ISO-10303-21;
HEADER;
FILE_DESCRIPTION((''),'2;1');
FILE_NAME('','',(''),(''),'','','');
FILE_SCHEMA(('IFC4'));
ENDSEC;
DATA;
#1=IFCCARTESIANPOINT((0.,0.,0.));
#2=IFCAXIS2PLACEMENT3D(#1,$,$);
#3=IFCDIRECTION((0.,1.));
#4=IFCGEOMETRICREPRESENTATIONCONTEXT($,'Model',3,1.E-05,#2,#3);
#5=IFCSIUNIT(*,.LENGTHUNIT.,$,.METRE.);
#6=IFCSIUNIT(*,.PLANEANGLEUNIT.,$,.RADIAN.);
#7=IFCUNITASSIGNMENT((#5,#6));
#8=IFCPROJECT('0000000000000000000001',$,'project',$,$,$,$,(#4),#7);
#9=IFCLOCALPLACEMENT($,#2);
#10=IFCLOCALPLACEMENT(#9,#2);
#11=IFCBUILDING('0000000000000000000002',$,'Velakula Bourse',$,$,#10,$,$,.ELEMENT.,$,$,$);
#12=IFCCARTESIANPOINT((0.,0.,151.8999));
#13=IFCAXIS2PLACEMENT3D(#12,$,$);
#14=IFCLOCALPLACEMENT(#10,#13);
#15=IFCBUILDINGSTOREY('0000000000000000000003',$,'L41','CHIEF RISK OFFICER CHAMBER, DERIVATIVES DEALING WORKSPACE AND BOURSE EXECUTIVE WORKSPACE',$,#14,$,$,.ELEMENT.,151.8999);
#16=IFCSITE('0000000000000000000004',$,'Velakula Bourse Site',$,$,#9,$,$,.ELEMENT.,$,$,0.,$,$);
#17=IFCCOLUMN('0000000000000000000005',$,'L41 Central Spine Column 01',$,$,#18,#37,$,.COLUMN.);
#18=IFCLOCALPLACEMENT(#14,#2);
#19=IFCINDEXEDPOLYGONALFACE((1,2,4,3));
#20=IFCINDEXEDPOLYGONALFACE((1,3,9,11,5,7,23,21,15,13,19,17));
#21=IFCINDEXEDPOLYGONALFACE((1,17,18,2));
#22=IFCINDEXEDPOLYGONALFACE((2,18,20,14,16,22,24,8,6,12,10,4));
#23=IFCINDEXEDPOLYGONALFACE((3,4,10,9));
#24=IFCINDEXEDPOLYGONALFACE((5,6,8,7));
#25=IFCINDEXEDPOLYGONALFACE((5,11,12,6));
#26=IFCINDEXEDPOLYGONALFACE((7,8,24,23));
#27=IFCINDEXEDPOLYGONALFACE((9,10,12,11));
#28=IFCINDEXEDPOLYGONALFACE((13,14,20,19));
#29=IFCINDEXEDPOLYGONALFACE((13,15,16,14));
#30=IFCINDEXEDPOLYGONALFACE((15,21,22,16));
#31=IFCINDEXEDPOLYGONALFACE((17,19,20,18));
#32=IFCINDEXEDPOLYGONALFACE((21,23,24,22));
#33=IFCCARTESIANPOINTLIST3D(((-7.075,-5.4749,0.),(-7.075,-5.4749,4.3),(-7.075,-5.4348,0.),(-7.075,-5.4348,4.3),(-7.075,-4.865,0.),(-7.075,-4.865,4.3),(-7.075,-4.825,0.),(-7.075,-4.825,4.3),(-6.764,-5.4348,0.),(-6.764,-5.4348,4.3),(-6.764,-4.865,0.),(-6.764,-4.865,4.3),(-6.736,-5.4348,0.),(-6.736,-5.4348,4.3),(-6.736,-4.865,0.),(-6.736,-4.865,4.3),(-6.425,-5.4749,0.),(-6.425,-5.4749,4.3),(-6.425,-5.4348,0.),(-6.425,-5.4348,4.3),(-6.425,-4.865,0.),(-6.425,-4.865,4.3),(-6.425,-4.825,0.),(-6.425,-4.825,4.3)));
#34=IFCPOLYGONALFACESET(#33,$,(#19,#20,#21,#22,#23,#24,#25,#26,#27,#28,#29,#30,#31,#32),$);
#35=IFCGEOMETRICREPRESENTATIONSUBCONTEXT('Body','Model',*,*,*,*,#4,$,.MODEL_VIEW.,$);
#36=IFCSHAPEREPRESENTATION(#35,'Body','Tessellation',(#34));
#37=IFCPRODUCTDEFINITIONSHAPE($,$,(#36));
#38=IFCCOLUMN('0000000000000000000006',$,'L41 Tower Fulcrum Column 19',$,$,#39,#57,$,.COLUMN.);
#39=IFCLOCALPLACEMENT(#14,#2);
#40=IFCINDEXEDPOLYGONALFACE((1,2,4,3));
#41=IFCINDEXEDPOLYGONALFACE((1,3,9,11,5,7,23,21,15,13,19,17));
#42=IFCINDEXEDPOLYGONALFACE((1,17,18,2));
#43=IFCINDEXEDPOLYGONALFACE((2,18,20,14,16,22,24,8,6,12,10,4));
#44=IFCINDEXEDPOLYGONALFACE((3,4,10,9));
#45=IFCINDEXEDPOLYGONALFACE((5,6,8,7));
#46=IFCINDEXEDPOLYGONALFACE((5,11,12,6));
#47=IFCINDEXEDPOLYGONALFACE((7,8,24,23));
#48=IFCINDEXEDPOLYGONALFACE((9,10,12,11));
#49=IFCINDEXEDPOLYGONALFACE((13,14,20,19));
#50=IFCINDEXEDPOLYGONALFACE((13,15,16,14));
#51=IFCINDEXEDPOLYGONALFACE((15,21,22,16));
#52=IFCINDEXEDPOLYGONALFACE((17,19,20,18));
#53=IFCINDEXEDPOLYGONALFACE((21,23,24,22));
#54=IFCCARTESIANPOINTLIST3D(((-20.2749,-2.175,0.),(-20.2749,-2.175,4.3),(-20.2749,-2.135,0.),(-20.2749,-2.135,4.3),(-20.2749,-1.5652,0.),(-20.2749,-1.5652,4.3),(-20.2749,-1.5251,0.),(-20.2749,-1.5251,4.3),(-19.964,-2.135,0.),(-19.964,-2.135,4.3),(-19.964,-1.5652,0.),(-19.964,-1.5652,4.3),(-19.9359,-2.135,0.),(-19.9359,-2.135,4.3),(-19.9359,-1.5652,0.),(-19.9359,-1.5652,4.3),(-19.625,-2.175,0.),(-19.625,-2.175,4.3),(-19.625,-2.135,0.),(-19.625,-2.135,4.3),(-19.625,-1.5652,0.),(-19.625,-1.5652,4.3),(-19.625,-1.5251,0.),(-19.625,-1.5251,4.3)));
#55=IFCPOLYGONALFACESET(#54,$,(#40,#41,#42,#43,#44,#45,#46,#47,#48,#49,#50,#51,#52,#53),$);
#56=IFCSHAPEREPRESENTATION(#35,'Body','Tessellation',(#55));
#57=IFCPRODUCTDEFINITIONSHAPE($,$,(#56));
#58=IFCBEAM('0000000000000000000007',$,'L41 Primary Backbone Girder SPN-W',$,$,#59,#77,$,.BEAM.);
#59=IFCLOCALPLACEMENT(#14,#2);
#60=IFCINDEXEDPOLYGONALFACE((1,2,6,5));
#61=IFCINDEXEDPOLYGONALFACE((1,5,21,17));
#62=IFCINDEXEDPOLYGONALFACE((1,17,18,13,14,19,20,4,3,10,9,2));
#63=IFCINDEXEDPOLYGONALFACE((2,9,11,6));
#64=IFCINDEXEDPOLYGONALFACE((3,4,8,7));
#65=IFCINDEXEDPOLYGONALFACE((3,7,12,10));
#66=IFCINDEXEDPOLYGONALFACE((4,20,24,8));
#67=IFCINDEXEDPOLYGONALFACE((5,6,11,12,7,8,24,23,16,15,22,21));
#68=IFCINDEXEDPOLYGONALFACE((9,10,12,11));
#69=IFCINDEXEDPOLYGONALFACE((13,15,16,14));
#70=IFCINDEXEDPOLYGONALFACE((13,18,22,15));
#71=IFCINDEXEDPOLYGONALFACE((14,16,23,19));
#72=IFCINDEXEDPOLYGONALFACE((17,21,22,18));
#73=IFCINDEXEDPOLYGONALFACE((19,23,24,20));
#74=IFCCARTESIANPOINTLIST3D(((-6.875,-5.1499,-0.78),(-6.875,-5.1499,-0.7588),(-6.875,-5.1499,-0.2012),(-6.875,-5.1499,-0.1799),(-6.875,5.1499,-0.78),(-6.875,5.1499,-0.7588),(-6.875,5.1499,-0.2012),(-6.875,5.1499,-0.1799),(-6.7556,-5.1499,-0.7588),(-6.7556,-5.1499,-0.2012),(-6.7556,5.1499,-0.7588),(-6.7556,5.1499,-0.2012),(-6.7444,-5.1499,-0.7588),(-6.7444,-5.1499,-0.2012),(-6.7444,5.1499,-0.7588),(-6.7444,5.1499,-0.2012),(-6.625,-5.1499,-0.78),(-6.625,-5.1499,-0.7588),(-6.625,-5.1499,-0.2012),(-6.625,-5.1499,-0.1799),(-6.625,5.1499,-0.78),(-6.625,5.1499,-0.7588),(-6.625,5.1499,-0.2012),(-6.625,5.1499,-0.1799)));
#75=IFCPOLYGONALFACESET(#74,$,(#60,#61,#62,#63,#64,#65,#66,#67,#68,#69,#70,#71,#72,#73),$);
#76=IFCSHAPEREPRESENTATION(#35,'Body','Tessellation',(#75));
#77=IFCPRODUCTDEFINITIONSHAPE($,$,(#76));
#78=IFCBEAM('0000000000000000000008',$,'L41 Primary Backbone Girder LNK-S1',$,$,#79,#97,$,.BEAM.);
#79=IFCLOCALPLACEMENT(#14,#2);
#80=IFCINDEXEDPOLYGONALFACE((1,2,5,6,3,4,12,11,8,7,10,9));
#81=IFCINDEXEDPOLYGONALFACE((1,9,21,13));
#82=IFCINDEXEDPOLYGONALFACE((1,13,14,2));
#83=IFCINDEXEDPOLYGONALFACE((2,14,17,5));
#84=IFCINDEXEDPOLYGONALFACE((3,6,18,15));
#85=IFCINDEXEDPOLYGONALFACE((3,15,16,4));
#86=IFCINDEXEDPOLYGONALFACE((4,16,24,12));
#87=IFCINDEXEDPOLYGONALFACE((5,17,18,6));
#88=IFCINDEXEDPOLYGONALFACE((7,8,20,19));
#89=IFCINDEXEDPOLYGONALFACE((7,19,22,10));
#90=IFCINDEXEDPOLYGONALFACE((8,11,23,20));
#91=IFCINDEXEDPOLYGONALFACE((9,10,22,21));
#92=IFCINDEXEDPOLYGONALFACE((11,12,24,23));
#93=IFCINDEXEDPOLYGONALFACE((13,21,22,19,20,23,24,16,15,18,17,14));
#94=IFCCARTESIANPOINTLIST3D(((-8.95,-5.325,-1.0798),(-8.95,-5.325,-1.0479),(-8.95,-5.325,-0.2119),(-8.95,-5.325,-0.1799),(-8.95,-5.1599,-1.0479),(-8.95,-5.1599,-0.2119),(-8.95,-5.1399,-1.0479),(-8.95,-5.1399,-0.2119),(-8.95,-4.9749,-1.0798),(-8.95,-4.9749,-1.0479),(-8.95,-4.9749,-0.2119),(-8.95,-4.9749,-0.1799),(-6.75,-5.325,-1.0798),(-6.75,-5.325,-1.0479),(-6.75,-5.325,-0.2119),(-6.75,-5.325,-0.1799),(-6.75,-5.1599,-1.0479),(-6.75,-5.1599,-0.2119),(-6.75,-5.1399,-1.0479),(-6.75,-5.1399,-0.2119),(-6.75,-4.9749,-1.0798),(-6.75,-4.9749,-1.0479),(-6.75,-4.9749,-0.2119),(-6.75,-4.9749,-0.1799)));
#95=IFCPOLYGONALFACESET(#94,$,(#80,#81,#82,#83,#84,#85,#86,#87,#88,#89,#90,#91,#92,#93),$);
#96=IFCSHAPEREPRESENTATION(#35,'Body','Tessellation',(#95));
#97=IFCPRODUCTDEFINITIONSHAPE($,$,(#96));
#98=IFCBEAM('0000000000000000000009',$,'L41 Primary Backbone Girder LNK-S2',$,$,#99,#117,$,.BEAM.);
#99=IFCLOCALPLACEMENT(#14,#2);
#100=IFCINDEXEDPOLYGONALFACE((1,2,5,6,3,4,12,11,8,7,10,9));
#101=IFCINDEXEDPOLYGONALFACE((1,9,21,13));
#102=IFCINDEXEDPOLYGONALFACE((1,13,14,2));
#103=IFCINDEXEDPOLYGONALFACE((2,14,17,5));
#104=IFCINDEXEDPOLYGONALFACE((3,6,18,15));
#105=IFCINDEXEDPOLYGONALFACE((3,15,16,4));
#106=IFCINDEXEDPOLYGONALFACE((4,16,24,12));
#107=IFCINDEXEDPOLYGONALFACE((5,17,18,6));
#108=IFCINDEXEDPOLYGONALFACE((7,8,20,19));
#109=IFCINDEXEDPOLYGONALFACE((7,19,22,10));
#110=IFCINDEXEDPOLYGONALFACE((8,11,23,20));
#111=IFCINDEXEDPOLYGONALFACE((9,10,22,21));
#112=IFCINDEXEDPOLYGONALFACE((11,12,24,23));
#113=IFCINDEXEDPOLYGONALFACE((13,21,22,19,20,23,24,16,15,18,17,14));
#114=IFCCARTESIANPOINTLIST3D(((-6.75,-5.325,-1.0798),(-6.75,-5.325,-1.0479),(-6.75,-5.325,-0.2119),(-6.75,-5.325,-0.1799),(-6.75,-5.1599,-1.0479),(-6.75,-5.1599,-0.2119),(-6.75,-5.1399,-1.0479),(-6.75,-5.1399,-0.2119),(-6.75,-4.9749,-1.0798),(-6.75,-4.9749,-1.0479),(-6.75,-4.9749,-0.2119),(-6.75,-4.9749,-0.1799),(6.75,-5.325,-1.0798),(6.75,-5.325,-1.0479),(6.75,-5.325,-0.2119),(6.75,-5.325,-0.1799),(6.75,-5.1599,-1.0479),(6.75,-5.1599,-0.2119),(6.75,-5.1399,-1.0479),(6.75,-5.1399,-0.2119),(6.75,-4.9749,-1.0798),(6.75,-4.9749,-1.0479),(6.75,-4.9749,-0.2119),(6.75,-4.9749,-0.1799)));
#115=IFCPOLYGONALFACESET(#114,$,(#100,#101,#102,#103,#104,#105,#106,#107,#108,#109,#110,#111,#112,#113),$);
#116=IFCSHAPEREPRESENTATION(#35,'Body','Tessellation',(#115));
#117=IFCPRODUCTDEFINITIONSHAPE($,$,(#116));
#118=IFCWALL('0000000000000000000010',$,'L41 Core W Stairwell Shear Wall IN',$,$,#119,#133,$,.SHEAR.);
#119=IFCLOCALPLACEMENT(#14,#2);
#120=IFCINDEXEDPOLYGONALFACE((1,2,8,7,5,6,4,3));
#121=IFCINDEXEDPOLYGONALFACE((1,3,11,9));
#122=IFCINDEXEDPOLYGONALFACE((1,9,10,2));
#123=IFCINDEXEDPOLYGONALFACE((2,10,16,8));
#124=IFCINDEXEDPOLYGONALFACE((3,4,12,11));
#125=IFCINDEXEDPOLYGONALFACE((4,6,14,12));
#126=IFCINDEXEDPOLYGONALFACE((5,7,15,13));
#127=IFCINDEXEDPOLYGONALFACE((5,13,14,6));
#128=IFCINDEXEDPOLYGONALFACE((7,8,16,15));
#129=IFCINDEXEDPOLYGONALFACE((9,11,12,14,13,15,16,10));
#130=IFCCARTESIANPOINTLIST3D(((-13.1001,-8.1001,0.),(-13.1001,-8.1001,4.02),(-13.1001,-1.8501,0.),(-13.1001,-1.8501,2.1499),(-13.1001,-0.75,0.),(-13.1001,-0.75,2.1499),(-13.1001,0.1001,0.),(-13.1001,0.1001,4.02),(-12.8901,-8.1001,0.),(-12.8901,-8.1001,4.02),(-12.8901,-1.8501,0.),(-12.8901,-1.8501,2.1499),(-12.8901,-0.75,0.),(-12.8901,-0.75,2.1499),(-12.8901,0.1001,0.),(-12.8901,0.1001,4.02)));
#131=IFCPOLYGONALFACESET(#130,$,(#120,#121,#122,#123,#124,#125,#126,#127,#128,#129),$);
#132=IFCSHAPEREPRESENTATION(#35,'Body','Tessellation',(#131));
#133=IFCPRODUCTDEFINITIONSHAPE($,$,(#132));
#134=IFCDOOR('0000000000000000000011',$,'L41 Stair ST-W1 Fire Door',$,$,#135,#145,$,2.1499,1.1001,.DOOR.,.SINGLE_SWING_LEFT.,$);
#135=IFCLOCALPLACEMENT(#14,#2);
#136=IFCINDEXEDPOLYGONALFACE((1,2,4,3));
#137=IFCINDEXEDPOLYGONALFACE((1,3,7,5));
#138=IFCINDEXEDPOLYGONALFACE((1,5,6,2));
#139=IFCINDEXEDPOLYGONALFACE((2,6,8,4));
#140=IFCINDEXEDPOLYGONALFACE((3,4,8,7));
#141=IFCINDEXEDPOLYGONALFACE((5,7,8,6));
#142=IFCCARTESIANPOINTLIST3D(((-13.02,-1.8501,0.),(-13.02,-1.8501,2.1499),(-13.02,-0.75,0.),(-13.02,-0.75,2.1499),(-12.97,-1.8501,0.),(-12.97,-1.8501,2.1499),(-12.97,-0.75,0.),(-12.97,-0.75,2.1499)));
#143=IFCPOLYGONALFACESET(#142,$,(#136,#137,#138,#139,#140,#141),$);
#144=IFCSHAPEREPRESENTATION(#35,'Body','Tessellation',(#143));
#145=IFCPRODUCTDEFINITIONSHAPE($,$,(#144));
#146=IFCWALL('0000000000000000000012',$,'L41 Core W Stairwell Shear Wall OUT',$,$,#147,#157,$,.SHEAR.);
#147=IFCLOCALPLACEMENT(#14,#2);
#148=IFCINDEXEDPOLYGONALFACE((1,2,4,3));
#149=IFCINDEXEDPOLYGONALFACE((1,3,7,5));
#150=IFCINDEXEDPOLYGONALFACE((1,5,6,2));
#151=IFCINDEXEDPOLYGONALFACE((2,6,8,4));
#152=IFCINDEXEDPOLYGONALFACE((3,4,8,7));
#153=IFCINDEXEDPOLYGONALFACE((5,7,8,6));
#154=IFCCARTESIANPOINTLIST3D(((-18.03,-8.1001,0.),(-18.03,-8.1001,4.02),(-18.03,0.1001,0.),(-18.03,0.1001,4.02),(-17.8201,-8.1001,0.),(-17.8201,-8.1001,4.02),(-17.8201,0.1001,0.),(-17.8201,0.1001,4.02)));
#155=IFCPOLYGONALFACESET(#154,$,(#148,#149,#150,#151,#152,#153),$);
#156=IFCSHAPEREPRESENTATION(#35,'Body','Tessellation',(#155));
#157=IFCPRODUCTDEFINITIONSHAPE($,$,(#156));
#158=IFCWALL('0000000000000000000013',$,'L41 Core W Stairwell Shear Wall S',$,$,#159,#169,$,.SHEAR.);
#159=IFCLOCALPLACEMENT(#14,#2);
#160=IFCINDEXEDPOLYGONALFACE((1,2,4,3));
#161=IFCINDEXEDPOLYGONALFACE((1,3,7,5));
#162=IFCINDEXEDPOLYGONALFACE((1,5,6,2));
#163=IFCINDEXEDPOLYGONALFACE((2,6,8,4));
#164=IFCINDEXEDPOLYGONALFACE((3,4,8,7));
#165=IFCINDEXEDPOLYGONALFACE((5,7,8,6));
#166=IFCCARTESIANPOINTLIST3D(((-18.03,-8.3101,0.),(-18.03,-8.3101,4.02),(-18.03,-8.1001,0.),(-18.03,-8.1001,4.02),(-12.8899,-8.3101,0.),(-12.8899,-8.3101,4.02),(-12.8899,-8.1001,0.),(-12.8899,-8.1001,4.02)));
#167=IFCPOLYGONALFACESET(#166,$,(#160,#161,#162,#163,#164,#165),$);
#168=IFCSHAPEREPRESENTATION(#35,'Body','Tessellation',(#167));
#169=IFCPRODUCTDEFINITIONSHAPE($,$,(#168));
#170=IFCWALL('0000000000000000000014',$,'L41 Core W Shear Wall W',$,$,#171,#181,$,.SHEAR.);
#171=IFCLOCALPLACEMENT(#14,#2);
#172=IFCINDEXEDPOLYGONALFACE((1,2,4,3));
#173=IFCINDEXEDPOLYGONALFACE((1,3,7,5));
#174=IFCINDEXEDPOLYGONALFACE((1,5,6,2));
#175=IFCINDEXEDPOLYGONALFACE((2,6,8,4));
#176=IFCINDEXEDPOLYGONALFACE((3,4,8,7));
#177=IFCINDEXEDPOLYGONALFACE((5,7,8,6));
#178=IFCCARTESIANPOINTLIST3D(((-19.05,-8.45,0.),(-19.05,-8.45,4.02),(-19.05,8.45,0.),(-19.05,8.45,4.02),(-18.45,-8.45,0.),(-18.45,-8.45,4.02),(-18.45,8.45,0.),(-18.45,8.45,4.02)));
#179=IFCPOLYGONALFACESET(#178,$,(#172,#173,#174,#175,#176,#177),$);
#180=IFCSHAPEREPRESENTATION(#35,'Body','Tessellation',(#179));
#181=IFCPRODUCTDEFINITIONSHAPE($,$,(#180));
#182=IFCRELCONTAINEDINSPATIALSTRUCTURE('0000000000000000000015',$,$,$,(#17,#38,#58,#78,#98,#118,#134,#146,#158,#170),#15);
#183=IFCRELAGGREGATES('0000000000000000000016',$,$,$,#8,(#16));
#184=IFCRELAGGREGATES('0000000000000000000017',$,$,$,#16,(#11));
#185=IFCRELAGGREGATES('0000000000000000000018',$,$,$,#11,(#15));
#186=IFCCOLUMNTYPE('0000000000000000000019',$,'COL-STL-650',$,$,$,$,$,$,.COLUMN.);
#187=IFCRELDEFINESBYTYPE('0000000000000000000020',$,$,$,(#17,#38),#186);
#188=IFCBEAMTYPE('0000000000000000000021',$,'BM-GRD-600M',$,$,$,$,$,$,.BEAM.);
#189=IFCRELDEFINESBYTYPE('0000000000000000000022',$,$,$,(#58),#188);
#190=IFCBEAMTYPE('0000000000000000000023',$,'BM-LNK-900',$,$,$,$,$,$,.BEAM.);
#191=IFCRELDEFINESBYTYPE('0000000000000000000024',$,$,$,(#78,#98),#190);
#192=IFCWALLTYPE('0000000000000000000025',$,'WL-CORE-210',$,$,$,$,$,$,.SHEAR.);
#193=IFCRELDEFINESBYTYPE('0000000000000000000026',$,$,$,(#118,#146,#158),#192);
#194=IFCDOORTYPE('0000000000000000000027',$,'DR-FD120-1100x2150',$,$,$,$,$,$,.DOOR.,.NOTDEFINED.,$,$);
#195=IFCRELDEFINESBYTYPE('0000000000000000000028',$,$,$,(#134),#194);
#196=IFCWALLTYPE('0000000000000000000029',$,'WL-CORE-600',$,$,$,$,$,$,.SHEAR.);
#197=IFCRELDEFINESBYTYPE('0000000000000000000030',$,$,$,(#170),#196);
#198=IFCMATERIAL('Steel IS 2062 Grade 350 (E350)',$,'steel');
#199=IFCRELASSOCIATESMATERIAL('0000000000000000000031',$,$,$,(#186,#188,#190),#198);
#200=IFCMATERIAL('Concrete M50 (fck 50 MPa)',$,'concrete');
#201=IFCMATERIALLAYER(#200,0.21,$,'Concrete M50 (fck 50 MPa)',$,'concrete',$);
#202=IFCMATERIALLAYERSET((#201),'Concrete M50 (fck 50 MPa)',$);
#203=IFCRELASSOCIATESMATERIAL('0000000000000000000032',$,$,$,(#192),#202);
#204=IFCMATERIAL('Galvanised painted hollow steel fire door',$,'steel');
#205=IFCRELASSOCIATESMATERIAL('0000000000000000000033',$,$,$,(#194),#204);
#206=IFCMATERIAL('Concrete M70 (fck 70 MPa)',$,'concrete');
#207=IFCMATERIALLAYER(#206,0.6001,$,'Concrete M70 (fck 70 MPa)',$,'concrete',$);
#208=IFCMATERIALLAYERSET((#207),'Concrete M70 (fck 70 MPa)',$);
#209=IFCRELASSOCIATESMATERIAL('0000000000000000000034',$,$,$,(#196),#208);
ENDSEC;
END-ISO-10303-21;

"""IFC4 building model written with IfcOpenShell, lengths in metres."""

from ifc_helpers import new_model, si_unit, direction, frame, frame_2d, origin, origin_2d, place, context, subcontext, project, spatial, rectangle, i_section, extrude, material, layer, layer_set, material_profile, profile_set, type_object, element, fill, save


model = new_model("IFC4")

# Units and contexts
model_context = context("Model", 3, precision=1e-05, world=origin(), true_north=direction((0.0, 1.0)))
body_context = subcontext(model_context, "Body", "Model", "MODEL_VIEW")
ifc_project = project(units=[si_unit("LENGTHUNIT", "METRE"), si_unit("PLANEANGLEUNIT", "RADIAN")], contexts=[model_context])

# Site, building, storey
site_placement = place(None, origin())
site = spatial("IfcSite", under=ifc_project, at=site_placement, Name="Velakula Bourse Site", CompositionType="ELEMENT", RefElevation=0.0)
building_placement = place(site_placement, origin())
building = spatial("IfcBuilding", under=site, at=building_placement, Name="Velakula Bourse", CompositionType="ELEMENT")
storey_placement = place(building_placement, frame((0.0, 0.0, 151.8999)))
storey = spatial("IfcBuildingStorey", under=building, at=storey_placement, Name="L41", Description="CHIEF RISK OFFICER CHAMBER, DERIVATIVES DEALING WORKSPACE AND BOURSE EXECUTIVE WORKSPACE", CompositionType="ELEMENT", Elevation=151.8999)

# Columns
ifc_material_1 = material(Name="Steel IS 2062 Grade 350 (E350)", Category="steel")
ifc_material_profile_1 = material_profile(ifc_material_1, i_section(OverallWidth=0.6499, OverallDepth=0.6499, WebThickness=0.0281, FlangeThickness=0.04, at=origin_2d()), Name="Steel IS 2062 Grade 350 (E350)")
ifc_profile_set_1 = profile_set([ifc_material_profile_1], Name="Steel IS 2062 Grade 350 (E350)")
column_type = type_object("IfcColumnType", Name="COL-STL-650", PredefinedType="COLUMN", material=ifc_profile_set_1)
for number, where, z_axis, x_axis, name in (
    (1, (-6.75, -5.1499, 0.0), (0.0, 0.0, 1.0), (1.0, 0.0, 0.0), "L41 Central Spine Column 01"),
    (2, (-19.95, -1.8501, 0.0), (0.0, 0.0, 1.0), (1.0, 0.0, 0.0), "L41 Tower Fulcrum Column 19"),
):
    element("IfcColumn", number, at=place(storey_placement, frame(where, z_axis=z_axis, x_axis=x_axis)), inside=storey, type_object=column_type, Name=name, PredefinedType="COLUMN", context=body_context, shape_type="SweptSolid", body=[
        extrude(i_section(OverallWidth=0.6499, OverallDepth=0.6499, WebThickness=0.0281, FlangeThickness=0.04, at=origin_2d()), origin(), (0.0, 0.0, 1.0), 4.3),
    ])

# Beams
ifc_material_profile_2 = material_profile(ifc_material_1, i_section(OverallWidth=0.25, OverallDepth=0.6001, WebThickness=0.0112, FlangeThickness=0.0212, at=origin_2d()), Name="Steel IS 2062 Grade 350 (E350)")
ifc_profile_set_2 = profile_set([ifc_material_profile_2], Name="Steel IS 2062 Grade 350 (E350)")
beam_type_1 = type_object("IfcBeamType", Name="BM-GRD-600M", PredefinedType="BEAM", material=ifc_profile_set_2)
beam_1_placement = place(storey_placement, frame((-6.75, -5.1499, -0.48), z_axis=(0.0, 1.0, 0.0), x_axis=(-1.0, 0.0, 0.0)))
element("IfcBeam", 3, at=beam_1_placement, inside=storey, type_object=beam_type_1, Name="L41 Primary Backbone Girder SPN-W", PredefinedType="BEAM", context=body_context, shape_type="SweptSolid", body=[
    extrude(i_section(OverallWidth=0.25, OverallDepth=0.6001, WebThickness=0.0112, FlangeThickness=0.0212, at=origin_2d()), origin(), (0.0, 0.0, 1.0), 10.2998),
])
ifc_material_profile_3 = material_profile(ifc_material_1, i_section(OverallWidth=0.3501, OverallDepth=0.8999, WebThickness=0.02, FlangeThickness=0.032, at=origin_2d()), Name="Steel IS 2062 Grade 350 (E350)")
ifc_profile_set_3 = profile_set([ifc_material_profile_3], Name="Steel IS 2062 Grade 350 (E350)")
beam_type_2 = type_object("IfcBeamType", Name="BM-LNK-900", PredefinedType="BEAM", material=ifc_profile_set_3)
beam_2_placement = place(storey_placement, frame((-8.95, -5.1499, -0.6299), z_axis=(1.0, 0.0, 0.0), x_axis=(0.0, 1.0, 0.0)))
element("IfcBeam", 4, at=beam_2_placement, inside=storey, type_object=beam_type_2, Name="L41 Primary Backbone Girder LNK-S1", PredefinedType="BEAM", context=body_context, shape_type="SweptSolid", body=[
    extrude(i_section(OverallWidth=0.3501, OverallDepth=0.8999, WebThickness=0.02, FlangeThickness=0.032, at=origin_2d()), origin(), (0.0, 0.0, 1.0), 2.2),
])
beam_3_placement = place(storey_placement, frame((-6.75, -5.1499, -0.6299), z_axis=(1.0, 0.0, 0.0), x_axis=(0.0, 1.0, 0.0)))
element("IfcBeam", 5, at=beam_3_placement, inside=storey, type_object=beam_type_2, Name="L41 Primary Backbone Girder LNK-S2", PredefinedType="BEAM", context=body_context, shape_type="SweptSolid", body=[
    extrude(i_section(OverallWidth=0.3501, OverallDepth=0.8999, WebThickness=0.02, FlangeThickness=0.032, at=origin_2d()), origin(), (0.0, 0.0, 1.0), 13.5),
])

# Wall, opening, door
ifc_material_2 = material(Name="Concrete M50 (fck 50 MPa)", Category="concrete")
ifc_layer_1 = layer(ifc_material_2, 0.21, Name="Concrete M50 (fck 50 MPa)", Category="concrete")
ifc_layer_set_1 = layer_set([ifc_layer_1], Name="Concrete M50 (fck 50 MPa)")
wall_type_1 = type_object("IfcWallType", Name="WL-CORE-210", PredefinedType="SHEAR", material=ifc_layer_set_1)
wall_1_placement = place(storey_placement, frame((-12.9951, -8.1001, 0.0), z_axis=(0.0, 0.0, 1.0), x_axis=(0.0, 1.0, 0.0)))
wall_1 = element("IfcWall", 6, at=wall_1_placement, inside=storey, type_object=wall_type_1, Name="L41 Core W Stairwell Shear Wall IN", PredefinedType="SHEAR", context=body_context, shape_type="SweptSolid", body=[
    extrude(rectangle(XDim=8.2002, YDim=0.21, at=frame_2d((4.1001, 0.0))), origin(), (0.0, 0.0, 1.0), 4.02),
])
opening_1_placement = place(wall_1_placement, frame((6.25, 0.0, 0.0)))
opening_1 = element("IfcOpeningElement", 7, at=opening_1_placement, cuts=wall_1, PredefinedType="OPENING", context=body_context, shape_type="SweptSolid", body=[
    extrude(rectangle(XDim=1.1001, YDim=2.1499, at=frame_2d((0.55, 1.075))), frame((0.0, 0.115, 0.0), z_axis=(0.0, -1.0, 0.0), x_axis=(1.0, 0.0, 0.0)), (0.0, 0.0, 1.0), 0.23),
])
ifc_material_3 = material(Name="Galvanised painted hollow steel fire door", Category="steel")
door_type_1 = type_object("IfcDoorType", Name="DR-FD120-1100x2150", OperationType="NOTDEFINED", PredefinedType="DOOR", material=ifc_material_3)
door_1_placement = place(opening_1_placement, origin())
door_1 = element("IfcDoor", 8, at=door_1_placement, inside=storey, type_object=door_type_1, Name="L41 Stair ST-W1 Fire Door", OperationType="SINGLE_SWING_LEFT", OverallHeight=2.1499, OverallWidth=1.1001, PredefinedType="DOOR", context=body_context, shape_type="SweptSolid", body=[
    extrude(rectangle(XDim=1.1001, YDim=2.1499, at=frame_2d((0.55, 1.075))), frame((0.0, 0.0249, 0.0), z_axis=(0.0, -1.0, 0.0), x_axis=(1.0, 0.0, 0.0)), (0.0, 0.0, 1.0), 0.05),
])
fill(opening_1, door_1)

# Walls
wall_2_placement = place(storey_placement, frame((-17.925, -8.1001, 0.0), z_axis=(0.0, 0.0, 1.0), x_axis=(0.0, 1.0, 0.0)))
element("IfcWall", 9, at=wall_2_placement, inside=storey, type_object=wall_type_1, Name="L41 Core W Stairwell Shear Wall OUT", PredefinedType="SHEAR", context=body_context, shape_type="SweptSolid", body=[
    extrude(rectangle(XDim=8.2002, YDim=0.21, at=frame_2d((4.1001, 0.0))), origin(), (0.0, 0.0, 1.0), 4.02),
])
wall_3_placement = place(storey_placement, frame((-18.03, -8.2051, 0.0), z_axis=(0.0, 0.0, 1.0), x_axis=(1.0, 0.0, 0.0)))
element("IfcWall", 10, at=wall_3_placement, inside=storey, type_object=wall_type_1, Name="L41 Core W Stairwell Shear Wall S", PredefinedType="SHEAR", context=body_context, shape_type="SweptSolid", body=[
    extrude(rectangle(XDim=5.1401, YDim=0.21, at=frame_2d((2.5701, 0.0))), origin(), (0.0, 0.0, 1.0), 4.02),
])
ifc_material_4 = material(Name="Concrete M70 (fck 70 MPa)", Category="concrete")
ifc_layer_2 = layer(ifc_material_4, 0.6001, Name="Concrete M70 (fck 70 MPa)", Category="concrete")
ifc_layer_set_2 = layer_set([ifc_layer_2], Name="Concrete M70 (fck 70 MPa)")
wall_type_2 = type_object("IfcWallType", Name="WL-CORE-600", PredefinedType="SHEAR", material=ifc_layer_set_2)
wall_4_placement = place(storey_placement, frame((-18.75, -8.45, 0.0), z_axis=(0.0, 0.0, 1.0), x_axis=(0.0, 1.0, 0.0)))
element("IfcWall", 11, at=wall_4_placement, inside=storey, type_object=wall_type_2, Name="L41 Core W Shear Wall W", PredefinedType="SHEAR", context=body_context, shape_type="SweptSolid", body=[
    extrude(rectangle(XDim=16.8999, YDim=0.6001, at=frame_2d((8.45, 0.0))), origin(), (0.0, 0.0, 1.0), 4.02),
])

save(model, "model.ifc")
